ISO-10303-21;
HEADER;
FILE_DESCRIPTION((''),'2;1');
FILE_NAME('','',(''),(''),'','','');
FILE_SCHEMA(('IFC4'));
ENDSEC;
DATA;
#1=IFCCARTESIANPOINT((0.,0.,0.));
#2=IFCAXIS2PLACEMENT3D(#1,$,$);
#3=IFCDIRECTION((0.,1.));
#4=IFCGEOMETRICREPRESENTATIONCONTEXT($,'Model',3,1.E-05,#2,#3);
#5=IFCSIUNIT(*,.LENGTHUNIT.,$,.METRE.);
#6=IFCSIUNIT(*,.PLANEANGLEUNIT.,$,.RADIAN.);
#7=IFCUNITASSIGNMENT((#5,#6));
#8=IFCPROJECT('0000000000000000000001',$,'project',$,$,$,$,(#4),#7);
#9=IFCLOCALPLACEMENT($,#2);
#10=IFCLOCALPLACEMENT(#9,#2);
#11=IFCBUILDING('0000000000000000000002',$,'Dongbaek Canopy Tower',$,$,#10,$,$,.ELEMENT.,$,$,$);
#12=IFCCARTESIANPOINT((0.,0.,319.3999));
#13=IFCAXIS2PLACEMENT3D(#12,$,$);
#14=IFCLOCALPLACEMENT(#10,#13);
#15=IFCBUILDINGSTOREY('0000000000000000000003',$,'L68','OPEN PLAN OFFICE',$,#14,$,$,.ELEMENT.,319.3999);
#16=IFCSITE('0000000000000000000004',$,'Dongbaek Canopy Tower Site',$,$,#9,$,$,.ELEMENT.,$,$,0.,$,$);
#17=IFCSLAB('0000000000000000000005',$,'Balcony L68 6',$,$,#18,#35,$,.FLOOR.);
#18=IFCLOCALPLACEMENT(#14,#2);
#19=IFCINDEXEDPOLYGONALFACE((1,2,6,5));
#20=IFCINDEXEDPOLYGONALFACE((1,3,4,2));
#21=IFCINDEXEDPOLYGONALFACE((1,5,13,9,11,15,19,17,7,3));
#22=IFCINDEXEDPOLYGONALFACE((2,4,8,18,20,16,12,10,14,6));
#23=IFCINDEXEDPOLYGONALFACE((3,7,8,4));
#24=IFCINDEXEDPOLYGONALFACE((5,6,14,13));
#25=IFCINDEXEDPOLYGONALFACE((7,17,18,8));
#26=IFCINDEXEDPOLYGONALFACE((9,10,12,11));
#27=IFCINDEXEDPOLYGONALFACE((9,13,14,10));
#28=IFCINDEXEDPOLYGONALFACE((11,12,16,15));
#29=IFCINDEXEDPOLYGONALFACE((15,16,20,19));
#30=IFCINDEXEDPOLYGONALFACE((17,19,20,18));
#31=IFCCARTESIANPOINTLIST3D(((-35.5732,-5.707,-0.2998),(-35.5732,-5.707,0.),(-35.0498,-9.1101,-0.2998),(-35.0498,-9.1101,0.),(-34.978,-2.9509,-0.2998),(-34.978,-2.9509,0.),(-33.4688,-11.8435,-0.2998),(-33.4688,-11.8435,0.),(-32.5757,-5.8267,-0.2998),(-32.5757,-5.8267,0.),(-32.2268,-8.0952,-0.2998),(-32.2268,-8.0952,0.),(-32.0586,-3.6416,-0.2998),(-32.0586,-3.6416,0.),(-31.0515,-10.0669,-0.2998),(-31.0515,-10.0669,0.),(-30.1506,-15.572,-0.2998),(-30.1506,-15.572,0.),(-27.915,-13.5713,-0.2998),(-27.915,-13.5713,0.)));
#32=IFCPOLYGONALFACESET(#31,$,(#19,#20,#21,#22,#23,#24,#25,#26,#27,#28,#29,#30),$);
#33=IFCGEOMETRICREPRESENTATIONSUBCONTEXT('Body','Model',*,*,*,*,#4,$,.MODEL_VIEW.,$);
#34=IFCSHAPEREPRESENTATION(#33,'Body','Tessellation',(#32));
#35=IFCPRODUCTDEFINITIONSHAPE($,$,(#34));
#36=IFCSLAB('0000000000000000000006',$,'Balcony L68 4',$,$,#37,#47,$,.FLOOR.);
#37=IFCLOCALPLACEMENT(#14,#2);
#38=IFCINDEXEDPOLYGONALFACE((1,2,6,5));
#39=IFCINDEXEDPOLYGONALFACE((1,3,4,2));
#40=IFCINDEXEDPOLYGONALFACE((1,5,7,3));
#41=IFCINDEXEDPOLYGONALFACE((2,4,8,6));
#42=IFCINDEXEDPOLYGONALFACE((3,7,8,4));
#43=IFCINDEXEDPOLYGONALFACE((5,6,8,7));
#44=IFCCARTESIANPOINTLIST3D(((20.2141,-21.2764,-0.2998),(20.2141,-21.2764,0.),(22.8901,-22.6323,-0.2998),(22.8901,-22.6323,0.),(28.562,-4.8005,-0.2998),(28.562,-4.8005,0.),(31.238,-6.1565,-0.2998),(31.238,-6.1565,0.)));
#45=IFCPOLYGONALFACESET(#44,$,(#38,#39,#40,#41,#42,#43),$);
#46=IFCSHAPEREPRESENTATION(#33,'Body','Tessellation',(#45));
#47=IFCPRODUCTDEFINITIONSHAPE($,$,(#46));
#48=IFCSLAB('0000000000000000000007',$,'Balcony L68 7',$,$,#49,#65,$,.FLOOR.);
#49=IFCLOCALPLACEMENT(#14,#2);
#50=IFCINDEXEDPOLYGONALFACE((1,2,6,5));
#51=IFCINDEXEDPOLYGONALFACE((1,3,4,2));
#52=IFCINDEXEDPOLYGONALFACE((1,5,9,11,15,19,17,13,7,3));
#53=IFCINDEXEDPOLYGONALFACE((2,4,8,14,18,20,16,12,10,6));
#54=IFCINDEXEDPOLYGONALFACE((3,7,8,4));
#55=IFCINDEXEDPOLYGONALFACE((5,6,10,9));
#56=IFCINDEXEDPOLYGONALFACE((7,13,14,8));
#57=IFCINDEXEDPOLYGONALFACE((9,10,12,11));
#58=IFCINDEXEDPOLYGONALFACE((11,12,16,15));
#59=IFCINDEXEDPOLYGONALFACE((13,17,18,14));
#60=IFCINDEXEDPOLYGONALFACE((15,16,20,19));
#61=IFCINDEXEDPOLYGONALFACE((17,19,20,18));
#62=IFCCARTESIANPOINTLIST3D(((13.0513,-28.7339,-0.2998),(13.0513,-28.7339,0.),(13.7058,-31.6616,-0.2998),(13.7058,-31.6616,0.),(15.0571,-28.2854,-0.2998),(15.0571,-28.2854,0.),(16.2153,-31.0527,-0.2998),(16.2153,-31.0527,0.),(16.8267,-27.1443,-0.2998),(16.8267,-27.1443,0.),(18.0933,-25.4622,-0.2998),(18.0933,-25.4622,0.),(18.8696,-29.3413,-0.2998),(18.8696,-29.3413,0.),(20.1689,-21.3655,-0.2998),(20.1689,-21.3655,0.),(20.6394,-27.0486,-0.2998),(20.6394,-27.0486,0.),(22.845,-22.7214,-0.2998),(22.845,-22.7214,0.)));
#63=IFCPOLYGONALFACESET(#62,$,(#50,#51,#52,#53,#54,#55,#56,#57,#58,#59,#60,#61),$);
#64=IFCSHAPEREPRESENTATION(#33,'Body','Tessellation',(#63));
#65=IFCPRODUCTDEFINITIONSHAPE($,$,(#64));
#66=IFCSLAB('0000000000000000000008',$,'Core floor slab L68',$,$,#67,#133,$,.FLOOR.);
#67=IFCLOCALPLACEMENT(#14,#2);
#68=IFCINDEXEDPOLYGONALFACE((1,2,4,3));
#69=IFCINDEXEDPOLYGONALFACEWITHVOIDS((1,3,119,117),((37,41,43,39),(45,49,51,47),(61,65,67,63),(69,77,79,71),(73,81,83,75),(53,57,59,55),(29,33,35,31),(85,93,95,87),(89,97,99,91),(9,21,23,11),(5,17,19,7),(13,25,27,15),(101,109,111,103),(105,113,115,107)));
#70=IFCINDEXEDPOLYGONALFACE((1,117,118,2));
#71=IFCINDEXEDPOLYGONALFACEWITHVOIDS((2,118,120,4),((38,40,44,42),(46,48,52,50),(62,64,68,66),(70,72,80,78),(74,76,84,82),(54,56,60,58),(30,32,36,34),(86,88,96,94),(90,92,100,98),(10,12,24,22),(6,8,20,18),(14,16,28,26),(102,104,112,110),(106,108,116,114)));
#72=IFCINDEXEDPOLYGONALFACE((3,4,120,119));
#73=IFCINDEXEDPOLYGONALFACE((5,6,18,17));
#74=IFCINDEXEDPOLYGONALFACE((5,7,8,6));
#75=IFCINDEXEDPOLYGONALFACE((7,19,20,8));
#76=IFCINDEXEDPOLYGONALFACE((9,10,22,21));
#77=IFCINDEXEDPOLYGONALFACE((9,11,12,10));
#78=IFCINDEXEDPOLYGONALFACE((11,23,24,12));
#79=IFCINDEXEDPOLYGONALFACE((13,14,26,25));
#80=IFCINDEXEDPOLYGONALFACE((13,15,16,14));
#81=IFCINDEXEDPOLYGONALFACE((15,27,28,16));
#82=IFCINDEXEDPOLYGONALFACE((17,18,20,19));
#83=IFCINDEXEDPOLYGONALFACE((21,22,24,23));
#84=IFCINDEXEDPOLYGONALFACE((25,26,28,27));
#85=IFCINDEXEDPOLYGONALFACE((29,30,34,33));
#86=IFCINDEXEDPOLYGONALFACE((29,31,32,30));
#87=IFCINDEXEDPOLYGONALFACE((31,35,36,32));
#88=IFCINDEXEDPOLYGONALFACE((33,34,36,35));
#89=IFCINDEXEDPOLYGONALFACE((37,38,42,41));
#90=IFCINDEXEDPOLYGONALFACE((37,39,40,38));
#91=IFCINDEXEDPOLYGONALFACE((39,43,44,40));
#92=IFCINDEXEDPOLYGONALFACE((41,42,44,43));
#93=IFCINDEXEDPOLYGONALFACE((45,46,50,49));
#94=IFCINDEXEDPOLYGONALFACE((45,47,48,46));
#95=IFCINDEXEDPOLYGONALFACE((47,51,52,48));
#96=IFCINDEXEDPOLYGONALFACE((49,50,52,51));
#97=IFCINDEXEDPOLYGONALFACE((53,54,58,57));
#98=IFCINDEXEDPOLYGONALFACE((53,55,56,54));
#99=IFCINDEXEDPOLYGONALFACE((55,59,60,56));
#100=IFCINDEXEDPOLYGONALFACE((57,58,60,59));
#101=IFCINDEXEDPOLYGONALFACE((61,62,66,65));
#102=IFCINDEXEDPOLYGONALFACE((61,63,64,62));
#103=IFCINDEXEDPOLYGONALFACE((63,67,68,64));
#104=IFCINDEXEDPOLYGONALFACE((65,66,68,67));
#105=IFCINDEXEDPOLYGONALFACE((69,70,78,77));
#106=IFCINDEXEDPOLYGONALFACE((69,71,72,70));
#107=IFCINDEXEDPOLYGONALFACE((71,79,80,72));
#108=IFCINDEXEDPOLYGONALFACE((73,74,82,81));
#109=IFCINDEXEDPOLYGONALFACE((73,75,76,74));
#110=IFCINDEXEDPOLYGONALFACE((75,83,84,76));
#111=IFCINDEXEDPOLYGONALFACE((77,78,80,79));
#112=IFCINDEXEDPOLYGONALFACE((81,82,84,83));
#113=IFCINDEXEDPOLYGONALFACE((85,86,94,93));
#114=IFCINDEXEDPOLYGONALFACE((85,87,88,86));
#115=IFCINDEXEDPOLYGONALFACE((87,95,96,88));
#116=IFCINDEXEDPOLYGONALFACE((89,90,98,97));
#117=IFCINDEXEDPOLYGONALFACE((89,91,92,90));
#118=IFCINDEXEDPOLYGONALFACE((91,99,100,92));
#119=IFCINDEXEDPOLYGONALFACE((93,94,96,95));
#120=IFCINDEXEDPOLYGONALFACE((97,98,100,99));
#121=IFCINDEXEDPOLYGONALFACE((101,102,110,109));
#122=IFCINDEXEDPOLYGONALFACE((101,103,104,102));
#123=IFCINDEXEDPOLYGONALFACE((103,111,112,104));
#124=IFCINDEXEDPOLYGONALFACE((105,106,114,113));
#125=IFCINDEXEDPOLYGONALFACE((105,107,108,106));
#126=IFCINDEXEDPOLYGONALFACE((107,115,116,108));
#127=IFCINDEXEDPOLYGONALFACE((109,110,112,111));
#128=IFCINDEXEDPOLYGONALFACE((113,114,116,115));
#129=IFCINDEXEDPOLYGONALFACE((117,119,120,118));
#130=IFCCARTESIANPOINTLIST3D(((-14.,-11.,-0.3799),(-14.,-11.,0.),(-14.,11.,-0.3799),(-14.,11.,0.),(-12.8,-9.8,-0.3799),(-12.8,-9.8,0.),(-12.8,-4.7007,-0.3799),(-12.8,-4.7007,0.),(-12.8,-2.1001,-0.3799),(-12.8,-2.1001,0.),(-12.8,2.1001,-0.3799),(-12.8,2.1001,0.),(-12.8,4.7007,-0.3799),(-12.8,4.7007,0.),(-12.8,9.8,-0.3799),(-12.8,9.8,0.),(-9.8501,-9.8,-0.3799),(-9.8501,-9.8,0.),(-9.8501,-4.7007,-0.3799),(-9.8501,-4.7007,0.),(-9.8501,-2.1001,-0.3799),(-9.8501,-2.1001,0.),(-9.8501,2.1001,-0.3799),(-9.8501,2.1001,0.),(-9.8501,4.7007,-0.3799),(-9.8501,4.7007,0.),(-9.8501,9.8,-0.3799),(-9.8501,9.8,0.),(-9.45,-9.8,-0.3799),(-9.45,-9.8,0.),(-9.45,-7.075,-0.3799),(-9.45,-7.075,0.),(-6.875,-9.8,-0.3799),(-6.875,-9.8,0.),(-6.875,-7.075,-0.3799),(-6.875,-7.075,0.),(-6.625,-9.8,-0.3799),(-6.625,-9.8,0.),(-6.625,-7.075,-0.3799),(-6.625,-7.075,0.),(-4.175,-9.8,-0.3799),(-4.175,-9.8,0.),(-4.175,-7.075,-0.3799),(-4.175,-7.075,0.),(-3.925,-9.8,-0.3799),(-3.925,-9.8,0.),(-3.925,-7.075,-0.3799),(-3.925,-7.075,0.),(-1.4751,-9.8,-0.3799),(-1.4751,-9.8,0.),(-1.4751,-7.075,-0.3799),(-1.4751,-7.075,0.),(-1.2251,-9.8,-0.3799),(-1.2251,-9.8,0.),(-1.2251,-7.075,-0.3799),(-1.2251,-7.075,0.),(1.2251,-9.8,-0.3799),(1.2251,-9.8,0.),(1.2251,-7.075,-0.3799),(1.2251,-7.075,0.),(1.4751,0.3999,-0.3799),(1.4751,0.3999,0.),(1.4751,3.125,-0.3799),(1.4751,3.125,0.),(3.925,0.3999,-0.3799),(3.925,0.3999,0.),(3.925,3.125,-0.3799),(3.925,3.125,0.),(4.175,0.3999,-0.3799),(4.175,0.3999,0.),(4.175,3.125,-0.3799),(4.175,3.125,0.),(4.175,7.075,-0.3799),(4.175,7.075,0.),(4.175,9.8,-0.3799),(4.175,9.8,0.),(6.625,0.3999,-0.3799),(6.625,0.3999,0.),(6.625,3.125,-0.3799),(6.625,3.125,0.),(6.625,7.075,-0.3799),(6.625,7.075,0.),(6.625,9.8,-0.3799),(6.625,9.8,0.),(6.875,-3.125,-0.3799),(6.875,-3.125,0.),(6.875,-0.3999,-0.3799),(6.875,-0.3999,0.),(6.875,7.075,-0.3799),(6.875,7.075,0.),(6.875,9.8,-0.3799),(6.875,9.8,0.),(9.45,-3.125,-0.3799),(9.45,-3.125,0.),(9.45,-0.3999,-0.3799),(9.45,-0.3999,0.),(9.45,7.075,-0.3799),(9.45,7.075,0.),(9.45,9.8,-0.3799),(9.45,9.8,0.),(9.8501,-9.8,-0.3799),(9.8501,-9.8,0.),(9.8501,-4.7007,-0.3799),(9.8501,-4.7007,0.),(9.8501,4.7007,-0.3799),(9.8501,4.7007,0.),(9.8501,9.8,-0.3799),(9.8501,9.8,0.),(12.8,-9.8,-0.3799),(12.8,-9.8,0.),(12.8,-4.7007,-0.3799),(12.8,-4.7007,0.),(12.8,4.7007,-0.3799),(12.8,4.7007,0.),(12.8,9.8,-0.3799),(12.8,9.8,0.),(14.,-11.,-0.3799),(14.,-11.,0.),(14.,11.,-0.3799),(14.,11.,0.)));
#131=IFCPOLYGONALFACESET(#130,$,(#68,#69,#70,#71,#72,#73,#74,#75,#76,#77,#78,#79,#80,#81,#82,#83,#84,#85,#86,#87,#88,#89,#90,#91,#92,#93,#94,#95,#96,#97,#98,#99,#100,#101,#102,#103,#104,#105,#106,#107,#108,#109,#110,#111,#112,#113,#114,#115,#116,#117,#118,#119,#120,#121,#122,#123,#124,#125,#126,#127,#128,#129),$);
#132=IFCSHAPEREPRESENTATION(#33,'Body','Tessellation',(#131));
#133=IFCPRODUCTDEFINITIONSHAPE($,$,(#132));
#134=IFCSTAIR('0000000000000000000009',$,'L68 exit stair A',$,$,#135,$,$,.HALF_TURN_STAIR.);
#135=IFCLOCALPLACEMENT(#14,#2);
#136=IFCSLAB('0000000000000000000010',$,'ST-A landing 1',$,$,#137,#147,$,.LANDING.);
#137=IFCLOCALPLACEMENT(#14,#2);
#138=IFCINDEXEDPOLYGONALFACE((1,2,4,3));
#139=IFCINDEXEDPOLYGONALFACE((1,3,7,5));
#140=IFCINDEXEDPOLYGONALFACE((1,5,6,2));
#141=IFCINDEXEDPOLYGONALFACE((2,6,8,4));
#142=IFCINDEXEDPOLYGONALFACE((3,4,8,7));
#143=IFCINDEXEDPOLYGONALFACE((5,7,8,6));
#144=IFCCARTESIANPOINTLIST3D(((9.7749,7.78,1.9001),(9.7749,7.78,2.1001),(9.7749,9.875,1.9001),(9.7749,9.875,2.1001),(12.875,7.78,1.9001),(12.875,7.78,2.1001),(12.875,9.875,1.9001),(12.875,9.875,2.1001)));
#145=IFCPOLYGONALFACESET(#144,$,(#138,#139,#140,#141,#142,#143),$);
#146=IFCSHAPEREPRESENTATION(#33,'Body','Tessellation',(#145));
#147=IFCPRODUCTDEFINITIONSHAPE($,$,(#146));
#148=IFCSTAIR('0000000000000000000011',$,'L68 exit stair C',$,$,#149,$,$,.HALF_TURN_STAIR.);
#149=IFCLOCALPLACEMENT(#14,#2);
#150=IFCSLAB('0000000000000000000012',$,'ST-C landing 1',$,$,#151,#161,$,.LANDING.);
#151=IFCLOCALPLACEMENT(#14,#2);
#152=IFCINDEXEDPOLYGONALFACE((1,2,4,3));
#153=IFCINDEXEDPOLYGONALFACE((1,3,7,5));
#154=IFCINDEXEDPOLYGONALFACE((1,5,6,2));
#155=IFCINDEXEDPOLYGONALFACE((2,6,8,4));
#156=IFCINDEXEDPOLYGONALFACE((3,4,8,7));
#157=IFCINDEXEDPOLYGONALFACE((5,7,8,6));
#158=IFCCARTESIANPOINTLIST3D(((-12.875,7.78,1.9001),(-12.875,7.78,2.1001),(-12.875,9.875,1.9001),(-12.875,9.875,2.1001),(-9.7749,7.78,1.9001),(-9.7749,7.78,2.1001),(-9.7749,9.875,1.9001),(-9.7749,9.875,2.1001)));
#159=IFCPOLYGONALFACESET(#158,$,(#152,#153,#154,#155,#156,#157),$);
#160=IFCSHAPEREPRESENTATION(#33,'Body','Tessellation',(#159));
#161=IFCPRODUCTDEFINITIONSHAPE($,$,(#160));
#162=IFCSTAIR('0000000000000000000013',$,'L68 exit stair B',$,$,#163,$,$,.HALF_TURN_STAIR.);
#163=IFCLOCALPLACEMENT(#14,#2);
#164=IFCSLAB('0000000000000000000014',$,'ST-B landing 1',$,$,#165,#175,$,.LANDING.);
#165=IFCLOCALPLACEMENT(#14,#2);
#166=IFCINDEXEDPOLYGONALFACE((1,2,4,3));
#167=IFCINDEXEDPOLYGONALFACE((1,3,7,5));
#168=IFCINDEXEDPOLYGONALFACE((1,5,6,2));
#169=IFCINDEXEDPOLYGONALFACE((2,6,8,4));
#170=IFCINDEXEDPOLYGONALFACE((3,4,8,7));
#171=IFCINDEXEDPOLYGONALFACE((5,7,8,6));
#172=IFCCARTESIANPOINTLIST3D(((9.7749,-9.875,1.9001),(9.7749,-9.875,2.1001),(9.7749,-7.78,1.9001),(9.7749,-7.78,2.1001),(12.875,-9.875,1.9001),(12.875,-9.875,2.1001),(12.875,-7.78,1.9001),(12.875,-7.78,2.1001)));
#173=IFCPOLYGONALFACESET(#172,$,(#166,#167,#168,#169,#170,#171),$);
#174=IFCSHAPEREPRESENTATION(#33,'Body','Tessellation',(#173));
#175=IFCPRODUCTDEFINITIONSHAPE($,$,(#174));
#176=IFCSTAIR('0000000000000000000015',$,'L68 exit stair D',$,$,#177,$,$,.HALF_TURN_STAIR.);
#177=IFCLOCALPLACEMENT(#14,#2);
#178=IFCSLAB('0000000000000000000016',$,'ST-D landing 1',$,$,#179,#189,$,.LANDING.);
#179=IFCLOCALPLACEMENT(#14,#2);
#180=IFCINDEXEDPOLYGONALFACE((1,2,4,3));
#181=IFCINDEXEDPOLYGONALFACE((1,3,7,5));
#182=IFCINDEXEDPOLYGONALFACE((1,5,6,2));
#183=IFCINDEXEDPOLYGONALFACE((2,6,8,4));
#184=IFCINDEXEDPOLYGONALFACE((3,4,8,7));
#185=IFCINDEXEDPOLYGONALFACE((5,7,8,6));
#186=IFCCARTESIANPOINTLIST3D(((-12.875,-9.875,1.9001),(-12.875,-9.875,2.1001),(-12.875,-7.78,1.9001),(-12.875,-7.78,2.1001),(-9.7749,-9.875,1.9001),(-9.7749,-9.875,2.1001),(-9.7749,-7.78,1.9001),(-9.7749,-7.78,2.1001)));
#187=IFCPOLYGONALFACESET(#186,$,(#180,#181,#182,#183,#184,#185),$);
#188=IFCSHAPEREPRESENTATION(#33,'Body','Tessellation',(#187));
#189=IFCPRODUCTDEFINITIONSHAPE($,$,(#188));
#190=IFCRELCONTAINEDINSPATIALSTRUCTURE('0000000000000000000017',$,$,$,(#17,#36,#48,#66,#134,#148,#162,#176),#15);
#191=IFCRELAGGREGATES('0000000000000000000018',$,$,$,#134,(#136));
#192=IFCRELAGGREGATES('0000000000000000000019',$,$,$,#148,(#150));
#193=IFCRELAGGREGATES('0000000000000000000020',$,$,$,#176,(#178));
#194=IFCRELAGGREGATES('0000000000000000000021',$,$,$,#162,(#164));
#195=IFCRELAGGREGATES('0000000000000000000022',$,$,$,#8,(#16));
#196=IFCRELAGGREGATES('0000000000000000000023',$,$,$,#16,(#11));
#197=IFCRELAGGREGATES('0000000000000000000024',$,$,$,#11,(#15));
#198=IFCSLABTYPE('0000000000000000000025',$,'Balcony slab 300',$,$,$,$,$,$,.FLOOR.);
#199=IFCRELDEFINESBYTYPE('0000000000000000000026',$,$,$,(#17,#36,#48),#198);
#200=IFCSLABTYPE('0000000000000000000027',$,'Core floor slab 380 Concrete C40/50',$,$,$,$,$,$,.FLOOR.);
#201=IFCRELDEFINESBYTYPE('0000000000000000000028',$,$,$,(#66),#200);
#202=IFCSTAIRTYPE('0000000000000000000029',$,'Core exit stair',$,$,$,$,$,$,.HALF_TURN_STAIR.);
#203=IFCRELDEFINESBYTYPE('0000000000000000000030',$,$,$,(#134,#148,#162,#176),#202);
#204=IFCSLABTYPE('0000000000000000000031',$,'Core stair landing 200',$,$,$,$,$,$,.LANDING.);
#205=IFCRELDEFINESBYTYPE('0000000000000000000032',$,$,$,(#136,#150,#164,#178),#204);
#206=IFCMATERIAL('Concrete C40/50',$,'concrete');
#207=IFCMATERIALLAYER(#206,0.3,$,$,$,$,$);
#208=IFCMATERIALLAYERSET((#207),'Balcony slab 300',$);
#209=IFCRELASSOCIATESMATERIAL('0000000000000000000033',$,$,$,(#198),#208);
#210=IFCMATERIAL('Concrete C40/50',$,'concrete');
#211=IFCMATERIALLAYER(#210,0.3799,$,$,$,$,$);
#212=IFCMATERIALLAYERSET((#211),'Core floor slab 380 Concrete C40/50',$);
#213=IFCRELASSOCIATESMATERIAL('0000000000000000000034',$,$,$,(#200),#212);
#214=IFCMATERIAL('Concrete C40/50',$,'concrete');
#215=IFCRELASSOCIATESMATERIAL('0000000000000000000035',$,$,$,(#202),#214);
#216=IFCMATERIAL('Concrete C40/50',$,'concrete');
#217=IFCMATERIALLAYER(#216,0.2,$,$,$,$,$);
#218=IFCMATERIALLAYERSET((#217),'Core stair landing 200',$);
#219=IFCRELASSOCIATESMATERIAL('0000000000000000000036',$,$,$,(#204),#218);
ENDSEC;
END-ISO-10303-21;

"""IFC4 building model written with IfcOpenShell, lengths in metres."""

from ifc_helpers import new_model, si_unit, direction, frame, origin, place, context, subcontext, project, spatial, polyline, outline, extrude, material, layer, layer_set, type_object, element, aggregate, save


model = new_model("IFC4")

# Units and contexts
model_context = context("Model", 3, precision=1e-05, world=origin(), true_north=direction((0.0, 1.0)))
body_context = subcontext(model_context, "Body", "Model", "MODEL_VIEW")
ifc_project = project(units=[si_unit("LENGTHUNIT", "METRE"), si_unit("PLANEANGLEUNIT", "RADIAN")], contexts=[model_context])

# Site, building, storey
site_placement = place(None, origin())
site = spatial("IfcSite", under=ifc_project, at=site_placement, Name="Dongbaek Canopy Tower Site", CompositionType="ELEMENT", RefElevation=0.0)
building_placement = place(site_placement, origin())
building = spatial("IfcBuilding", under=site, at=building_placement, Name="Dongbaek Canopy Tower", CompositionType="ELEMENT")
storey_placement = place(building_placement, frame((0.0, 0.0, 319.3999)))
storey = spatial("IfcBuildingStorey", under=building, at=storey_placement, Name="L68", Description="OPEN PLAN OFFICE", CompositionType="ELEMENT", Elevation=319.3999)

# Slabs
ifc_material_1 = material(Name="Concrete C40/50", Category="concrete")
ifc_layer_1 = layer(ifc_material_1, 0.3)
ifc_layer_set_1 = layer_set([ifc_layer_1], Name="Balcony slab 300")
slab_type_1 = type_object("IfcSlabType", Name="Balcony slab 300", PredefinedType="FLOOR", material=ifc_layer_set_1)
slab_1_placement = place(storey_placement, frame((0.0, 0.0, -0.2998)))
element("IfcSlab", 1, at=slab_1_placement, inside=storey, type_object=slab_type_1, Name="Balcony L68 6", PredefinedType="FLOOR", context=body_context, shape_type="SweptSolid", body=[
    extrude(outline(polyline([(-32.0586, -3.6416), (-32.5757, -5.8267), (-32.2268, -8.0952), (-31.0515, -10.0669), (-27.915, -13.5713), (-30.1506, -15.572), (-33.4688, -11.8435), (-35.0498, -9.1101), (-35.5732, -5.707), (-34.978, -2.9509), (-32.0586, -3.6416)])), origin(), (0.0, 0.0, 1.0), 0.2998),
])
slab_2_placement = place(storey_placement, frame((0.0, 0.0, -0.2998)))
element("IfcSlab", 2, at=slab_2_placement, inside=storey, type_object=slab_type_1, Name="Balcony L68 4", PredefinedType="FLOOR", context=body_context, shape_type="SweptSolid", body=[
    extrude(outline(polyline([(20.2141, -21.2764), (28.562, -4.8005), (31.238, -6.1565), (22.8901, -22.6323), (20.2141, -21.2764)])), origin(), (0.0, 0.0, 1.0), 0.2998),
])
slab_3_placement = place(storey_placement, frame((0.0, 0.0, -0.2998)))
element("IfcSlab", 3, at=slab_3_placement, inside=storey, type_object=slab_type_1, Name="Balcony L68 7", PredefinedType="FLOOR", context=body_context, shape_type="SweptSolid", body=[
    extrude(outline(polyline([(13.0513, -28.7339), (15.0571, -28.2854), (16.8267, -27.1443), (18.0933, -25.4622), (20.1689, -21.3655), (22.845, -22.7214), (20.6394, -27.0486), (18.8696, -29.3413), (16.2153, -31.0527), (13.7058, -31.6616), (13.0513, -28.7339)])), origin(), (0.0, 0.0, 1.0), 0.2998),
])
ifc_material_2 = material(Name="Concrete C40/50", Category="concrete")
ifc_layer_2 = layer(ifc_material_2, 0.3799)
ifc_layer_set_2 = layer_set([ifc_layer_2], Name="Core floor slab 380 Concrete C40/50")
slab_type_2 = type_object("IfcSlabType", Name="Core floor slab 380 Concrete C40/50", PredefinedType="FLOOR", material=ifc_layer_set_2)
slab_4_placement = place(storey_placement, frame((0.0, 0.0, -0.3799)))
element("IfcSlab", 4, at=slab_4_placement, inside=storey, type_object=slab_type_2, Name="Core floor slab L68", PredefinedType="FLOOR", context=body_context, shape_type="SweptSolid", body=[
    extrude(outline(polyline([(14.0, -11.0), (14.0, 11.0), (-14.0, 11.0), (-14.0, -11.0), (14.0, -11.0)]), holes=[polyline([(-12.8, 2.1001), (-9.8501, 2.1001), (-9.8501, -2.1001), (-12.8, -2.1001), (-12.8, 2.1001)]), polyline([(6.625, 9.8), (6.625, 7.075), (4.175, 7.075), (4.175, 9.8), (6.625, 9.8)]), polyline([(9.45, 7.075), (6.875, 7.075), (6.875, 9.8), (9.45, 9.8), (9.45, 7.075)]), polyline([(1.4751, 0.3999), (1.4751, 3.125), (3.925, 3.125), (3.925, 0.3999), (1.4751, 0.3999)]), polyline([(4.175, 0.3999), (4.175, 3.125), (6.625, 3.125), (6.625, 0.3999), (4.175, 0.3999)]), polyline([(9.45, -3.125), (6.875, -3.125), (6.875, -0.3999), (9.45, -0.3999), (9.45, -3.125)]), polyline([(-9.45, -7.075), (-6.875, -7.075), (-6.875, -9.8), (-9.45, -9.8), (-9.45, -7.075)]), polyline([(-6.625, -9.8), (-6.625, -7.075), (-4.175, -7.075), (-4.175, -9.8), (-6.625, -9.8)]), polyline([(-3.925, -9.8), (-3.925, -7.075), (-1.4751, -7.075), (-1.4751, -9.8), (-3.925, -9.8)]), polyline([(-1.2251, -9.8), (-1.2251, -7.075), (1.2251, -7.075), (1.2251, -9.8), (-1.2251, -9.8)]), polyline([(12.8, 4.7007), (12.8, 9.8), (9.8501, 9.8), (9.8501, 4.7007), (12.8, 4.7007)]), polyline([(-9.8501, 4.7007), (-9.8501, 9.8), (-12.8, 9.8), (-12.8, 4.7007), (-9.8501, 4.7007)]), polyline([(9.8501, -4.7007), (9.8501, -9.8), (12.8, -9.8), (12.8, -4.7007), (9.8501, -4.7007)]), polyline([(-12.8, -4.7007), (-12.8, -9.8), (-9.8501, -9.8), (-9.8501, -4.7007), (-12.8, -4.7007)])]), origin(), (0.0, 0.0, 1.0), 0.3799),
])

# Stairs, slabs
ifc_material_3 = material(Name="Concrete C40/50", Category="concrete")
stair_type = type_object("IfcStairType", Name="Core exit stair", PredefinedType="HALF_TURN_STAIR", material=ifc_material_3)
stair_1_placement = place(storey_placement, origin())
stair_1 = element("IfcStair", 5, at=stair_1_placement, inside=storey, type_object=stair_type, Name="L68 exit stair A", PredefinedType="HALF_TURN_STAIR")
ifc_material_4 = material(Name="Concrete C40/50", Category="concrete")
ifc_layer_3 = layer(ifc_material_4, 0.2)
ifc_layer_set_3 = layer_set([ifc_layer_3], Name="Core stair landing 200")
slab_type_3 = type_object("IfcSlabType", Name="Core stair landing 200", PredefinedType="LANDING", material=ifc_layer_set_3)
slab_5_placement = place(storey_placement, frame((0.0, 0.0, 1.9001)))
slab_5 = element("IfcSlab", 6, at=slab_5_placement, type_object=slab_type_3, Name="ST-A landing 1", PredefinedType="LANDING", context=body_context, shape_type="SweptSolid", body=[
    extrude(outline(polyline([(12.875, 7.78), (12.875, 9.875), (9.7749, 9.875), (9.7749, 7.78), (12.875, 7.78)])), origin(), (0.0, 0.0, 1.0), 0.2),
])
aggregate(stair_1, [slab_5])
stair_2_placement = place(storey_placement, origin())
stair_2 = element("IfcStair", 7, at=stair_2_placement, inside=storey, type_object=stair_type, Name="L68 exit stair C", PredefinedType="HALF_TURN_STAIR")
slab_6_placement = place(storey_placement, frame((0.0, 0.0, 1.9001)))
slab_6 = element("IfcSlab", 8, at=slab_6_placement, type_object=slab_type_3, Name="ST-C landing 1", PredefinedType="LANDING", context=body_context, shape_type="SweptSolid", body=[
    extrude(outline(polyline([(-9.7749, 7.78), (-9.7749, 9.875), (-12.875, 9.875), (-12.875, 7.78), (-9.7749, 7.78)])), origin(), (0.0, 0.0, 1.0), 0.2),
])
aggregate(stair_2, [slab_6])
stair_3_placement = place(storey_placement, origin())
stair_3 = element("IfcStair", 9, at=stair_3_placement, inside=storey, type_object=stair_type, Name="L68 exit stair B", PredefinedType="HALF_TURN_STAIR")
slab_7_placement = place(storey_placement, frame((0.0, 0.0, 1.9001)))
slab_7 = element("IfcSlab", 10, at=slab_7_placement, type_object=slab_type_3, Name="ST-B landing 1", PredefinedType="LANDING", context=body_context, shape_type="SweptSolid", body=[
    extrude(outline(polyline([(9.7749, -7.78), (9.7749, -9.875), (12.875, -9.875), (12.875, -7.78), (9.7749, -7.78)])), origin(), (0.0, 0.0, 1.0), 0.2),
])
stair_4_placement = place(storey_placement, origin())
stair_4 = element("IfcStair", 11, at=stair_4_placement, inside=storey, type_object=stair_type, Name="L68 exit stair D", PredefinedType="HALF_TURN_STAIR")
slab_8_placement = place(storey_placement, frame((0.0, 0.0, 1.9001)))
slab_8 = element("IfcSlab", 12, at=slab_8_placement, type_object=slab_type_3, Name="ST-D landing 1", PredefinedType="LANDING", context=body_context, shape_type="SweptSolid", body=[
    extrude(outline(polyline([(-12.875, -7.78), (-12.875, -9.875), (-9.7749, -9.875), (-9.7749, -7.78), (-12.875, -7.78)])), origin(), (0.0, 0.0, 1.0), 0.2),
])
aggregate(stair_4, [slab_8])

aggregate(stair_3, [slab_7])

save(model, "model.ifc")
